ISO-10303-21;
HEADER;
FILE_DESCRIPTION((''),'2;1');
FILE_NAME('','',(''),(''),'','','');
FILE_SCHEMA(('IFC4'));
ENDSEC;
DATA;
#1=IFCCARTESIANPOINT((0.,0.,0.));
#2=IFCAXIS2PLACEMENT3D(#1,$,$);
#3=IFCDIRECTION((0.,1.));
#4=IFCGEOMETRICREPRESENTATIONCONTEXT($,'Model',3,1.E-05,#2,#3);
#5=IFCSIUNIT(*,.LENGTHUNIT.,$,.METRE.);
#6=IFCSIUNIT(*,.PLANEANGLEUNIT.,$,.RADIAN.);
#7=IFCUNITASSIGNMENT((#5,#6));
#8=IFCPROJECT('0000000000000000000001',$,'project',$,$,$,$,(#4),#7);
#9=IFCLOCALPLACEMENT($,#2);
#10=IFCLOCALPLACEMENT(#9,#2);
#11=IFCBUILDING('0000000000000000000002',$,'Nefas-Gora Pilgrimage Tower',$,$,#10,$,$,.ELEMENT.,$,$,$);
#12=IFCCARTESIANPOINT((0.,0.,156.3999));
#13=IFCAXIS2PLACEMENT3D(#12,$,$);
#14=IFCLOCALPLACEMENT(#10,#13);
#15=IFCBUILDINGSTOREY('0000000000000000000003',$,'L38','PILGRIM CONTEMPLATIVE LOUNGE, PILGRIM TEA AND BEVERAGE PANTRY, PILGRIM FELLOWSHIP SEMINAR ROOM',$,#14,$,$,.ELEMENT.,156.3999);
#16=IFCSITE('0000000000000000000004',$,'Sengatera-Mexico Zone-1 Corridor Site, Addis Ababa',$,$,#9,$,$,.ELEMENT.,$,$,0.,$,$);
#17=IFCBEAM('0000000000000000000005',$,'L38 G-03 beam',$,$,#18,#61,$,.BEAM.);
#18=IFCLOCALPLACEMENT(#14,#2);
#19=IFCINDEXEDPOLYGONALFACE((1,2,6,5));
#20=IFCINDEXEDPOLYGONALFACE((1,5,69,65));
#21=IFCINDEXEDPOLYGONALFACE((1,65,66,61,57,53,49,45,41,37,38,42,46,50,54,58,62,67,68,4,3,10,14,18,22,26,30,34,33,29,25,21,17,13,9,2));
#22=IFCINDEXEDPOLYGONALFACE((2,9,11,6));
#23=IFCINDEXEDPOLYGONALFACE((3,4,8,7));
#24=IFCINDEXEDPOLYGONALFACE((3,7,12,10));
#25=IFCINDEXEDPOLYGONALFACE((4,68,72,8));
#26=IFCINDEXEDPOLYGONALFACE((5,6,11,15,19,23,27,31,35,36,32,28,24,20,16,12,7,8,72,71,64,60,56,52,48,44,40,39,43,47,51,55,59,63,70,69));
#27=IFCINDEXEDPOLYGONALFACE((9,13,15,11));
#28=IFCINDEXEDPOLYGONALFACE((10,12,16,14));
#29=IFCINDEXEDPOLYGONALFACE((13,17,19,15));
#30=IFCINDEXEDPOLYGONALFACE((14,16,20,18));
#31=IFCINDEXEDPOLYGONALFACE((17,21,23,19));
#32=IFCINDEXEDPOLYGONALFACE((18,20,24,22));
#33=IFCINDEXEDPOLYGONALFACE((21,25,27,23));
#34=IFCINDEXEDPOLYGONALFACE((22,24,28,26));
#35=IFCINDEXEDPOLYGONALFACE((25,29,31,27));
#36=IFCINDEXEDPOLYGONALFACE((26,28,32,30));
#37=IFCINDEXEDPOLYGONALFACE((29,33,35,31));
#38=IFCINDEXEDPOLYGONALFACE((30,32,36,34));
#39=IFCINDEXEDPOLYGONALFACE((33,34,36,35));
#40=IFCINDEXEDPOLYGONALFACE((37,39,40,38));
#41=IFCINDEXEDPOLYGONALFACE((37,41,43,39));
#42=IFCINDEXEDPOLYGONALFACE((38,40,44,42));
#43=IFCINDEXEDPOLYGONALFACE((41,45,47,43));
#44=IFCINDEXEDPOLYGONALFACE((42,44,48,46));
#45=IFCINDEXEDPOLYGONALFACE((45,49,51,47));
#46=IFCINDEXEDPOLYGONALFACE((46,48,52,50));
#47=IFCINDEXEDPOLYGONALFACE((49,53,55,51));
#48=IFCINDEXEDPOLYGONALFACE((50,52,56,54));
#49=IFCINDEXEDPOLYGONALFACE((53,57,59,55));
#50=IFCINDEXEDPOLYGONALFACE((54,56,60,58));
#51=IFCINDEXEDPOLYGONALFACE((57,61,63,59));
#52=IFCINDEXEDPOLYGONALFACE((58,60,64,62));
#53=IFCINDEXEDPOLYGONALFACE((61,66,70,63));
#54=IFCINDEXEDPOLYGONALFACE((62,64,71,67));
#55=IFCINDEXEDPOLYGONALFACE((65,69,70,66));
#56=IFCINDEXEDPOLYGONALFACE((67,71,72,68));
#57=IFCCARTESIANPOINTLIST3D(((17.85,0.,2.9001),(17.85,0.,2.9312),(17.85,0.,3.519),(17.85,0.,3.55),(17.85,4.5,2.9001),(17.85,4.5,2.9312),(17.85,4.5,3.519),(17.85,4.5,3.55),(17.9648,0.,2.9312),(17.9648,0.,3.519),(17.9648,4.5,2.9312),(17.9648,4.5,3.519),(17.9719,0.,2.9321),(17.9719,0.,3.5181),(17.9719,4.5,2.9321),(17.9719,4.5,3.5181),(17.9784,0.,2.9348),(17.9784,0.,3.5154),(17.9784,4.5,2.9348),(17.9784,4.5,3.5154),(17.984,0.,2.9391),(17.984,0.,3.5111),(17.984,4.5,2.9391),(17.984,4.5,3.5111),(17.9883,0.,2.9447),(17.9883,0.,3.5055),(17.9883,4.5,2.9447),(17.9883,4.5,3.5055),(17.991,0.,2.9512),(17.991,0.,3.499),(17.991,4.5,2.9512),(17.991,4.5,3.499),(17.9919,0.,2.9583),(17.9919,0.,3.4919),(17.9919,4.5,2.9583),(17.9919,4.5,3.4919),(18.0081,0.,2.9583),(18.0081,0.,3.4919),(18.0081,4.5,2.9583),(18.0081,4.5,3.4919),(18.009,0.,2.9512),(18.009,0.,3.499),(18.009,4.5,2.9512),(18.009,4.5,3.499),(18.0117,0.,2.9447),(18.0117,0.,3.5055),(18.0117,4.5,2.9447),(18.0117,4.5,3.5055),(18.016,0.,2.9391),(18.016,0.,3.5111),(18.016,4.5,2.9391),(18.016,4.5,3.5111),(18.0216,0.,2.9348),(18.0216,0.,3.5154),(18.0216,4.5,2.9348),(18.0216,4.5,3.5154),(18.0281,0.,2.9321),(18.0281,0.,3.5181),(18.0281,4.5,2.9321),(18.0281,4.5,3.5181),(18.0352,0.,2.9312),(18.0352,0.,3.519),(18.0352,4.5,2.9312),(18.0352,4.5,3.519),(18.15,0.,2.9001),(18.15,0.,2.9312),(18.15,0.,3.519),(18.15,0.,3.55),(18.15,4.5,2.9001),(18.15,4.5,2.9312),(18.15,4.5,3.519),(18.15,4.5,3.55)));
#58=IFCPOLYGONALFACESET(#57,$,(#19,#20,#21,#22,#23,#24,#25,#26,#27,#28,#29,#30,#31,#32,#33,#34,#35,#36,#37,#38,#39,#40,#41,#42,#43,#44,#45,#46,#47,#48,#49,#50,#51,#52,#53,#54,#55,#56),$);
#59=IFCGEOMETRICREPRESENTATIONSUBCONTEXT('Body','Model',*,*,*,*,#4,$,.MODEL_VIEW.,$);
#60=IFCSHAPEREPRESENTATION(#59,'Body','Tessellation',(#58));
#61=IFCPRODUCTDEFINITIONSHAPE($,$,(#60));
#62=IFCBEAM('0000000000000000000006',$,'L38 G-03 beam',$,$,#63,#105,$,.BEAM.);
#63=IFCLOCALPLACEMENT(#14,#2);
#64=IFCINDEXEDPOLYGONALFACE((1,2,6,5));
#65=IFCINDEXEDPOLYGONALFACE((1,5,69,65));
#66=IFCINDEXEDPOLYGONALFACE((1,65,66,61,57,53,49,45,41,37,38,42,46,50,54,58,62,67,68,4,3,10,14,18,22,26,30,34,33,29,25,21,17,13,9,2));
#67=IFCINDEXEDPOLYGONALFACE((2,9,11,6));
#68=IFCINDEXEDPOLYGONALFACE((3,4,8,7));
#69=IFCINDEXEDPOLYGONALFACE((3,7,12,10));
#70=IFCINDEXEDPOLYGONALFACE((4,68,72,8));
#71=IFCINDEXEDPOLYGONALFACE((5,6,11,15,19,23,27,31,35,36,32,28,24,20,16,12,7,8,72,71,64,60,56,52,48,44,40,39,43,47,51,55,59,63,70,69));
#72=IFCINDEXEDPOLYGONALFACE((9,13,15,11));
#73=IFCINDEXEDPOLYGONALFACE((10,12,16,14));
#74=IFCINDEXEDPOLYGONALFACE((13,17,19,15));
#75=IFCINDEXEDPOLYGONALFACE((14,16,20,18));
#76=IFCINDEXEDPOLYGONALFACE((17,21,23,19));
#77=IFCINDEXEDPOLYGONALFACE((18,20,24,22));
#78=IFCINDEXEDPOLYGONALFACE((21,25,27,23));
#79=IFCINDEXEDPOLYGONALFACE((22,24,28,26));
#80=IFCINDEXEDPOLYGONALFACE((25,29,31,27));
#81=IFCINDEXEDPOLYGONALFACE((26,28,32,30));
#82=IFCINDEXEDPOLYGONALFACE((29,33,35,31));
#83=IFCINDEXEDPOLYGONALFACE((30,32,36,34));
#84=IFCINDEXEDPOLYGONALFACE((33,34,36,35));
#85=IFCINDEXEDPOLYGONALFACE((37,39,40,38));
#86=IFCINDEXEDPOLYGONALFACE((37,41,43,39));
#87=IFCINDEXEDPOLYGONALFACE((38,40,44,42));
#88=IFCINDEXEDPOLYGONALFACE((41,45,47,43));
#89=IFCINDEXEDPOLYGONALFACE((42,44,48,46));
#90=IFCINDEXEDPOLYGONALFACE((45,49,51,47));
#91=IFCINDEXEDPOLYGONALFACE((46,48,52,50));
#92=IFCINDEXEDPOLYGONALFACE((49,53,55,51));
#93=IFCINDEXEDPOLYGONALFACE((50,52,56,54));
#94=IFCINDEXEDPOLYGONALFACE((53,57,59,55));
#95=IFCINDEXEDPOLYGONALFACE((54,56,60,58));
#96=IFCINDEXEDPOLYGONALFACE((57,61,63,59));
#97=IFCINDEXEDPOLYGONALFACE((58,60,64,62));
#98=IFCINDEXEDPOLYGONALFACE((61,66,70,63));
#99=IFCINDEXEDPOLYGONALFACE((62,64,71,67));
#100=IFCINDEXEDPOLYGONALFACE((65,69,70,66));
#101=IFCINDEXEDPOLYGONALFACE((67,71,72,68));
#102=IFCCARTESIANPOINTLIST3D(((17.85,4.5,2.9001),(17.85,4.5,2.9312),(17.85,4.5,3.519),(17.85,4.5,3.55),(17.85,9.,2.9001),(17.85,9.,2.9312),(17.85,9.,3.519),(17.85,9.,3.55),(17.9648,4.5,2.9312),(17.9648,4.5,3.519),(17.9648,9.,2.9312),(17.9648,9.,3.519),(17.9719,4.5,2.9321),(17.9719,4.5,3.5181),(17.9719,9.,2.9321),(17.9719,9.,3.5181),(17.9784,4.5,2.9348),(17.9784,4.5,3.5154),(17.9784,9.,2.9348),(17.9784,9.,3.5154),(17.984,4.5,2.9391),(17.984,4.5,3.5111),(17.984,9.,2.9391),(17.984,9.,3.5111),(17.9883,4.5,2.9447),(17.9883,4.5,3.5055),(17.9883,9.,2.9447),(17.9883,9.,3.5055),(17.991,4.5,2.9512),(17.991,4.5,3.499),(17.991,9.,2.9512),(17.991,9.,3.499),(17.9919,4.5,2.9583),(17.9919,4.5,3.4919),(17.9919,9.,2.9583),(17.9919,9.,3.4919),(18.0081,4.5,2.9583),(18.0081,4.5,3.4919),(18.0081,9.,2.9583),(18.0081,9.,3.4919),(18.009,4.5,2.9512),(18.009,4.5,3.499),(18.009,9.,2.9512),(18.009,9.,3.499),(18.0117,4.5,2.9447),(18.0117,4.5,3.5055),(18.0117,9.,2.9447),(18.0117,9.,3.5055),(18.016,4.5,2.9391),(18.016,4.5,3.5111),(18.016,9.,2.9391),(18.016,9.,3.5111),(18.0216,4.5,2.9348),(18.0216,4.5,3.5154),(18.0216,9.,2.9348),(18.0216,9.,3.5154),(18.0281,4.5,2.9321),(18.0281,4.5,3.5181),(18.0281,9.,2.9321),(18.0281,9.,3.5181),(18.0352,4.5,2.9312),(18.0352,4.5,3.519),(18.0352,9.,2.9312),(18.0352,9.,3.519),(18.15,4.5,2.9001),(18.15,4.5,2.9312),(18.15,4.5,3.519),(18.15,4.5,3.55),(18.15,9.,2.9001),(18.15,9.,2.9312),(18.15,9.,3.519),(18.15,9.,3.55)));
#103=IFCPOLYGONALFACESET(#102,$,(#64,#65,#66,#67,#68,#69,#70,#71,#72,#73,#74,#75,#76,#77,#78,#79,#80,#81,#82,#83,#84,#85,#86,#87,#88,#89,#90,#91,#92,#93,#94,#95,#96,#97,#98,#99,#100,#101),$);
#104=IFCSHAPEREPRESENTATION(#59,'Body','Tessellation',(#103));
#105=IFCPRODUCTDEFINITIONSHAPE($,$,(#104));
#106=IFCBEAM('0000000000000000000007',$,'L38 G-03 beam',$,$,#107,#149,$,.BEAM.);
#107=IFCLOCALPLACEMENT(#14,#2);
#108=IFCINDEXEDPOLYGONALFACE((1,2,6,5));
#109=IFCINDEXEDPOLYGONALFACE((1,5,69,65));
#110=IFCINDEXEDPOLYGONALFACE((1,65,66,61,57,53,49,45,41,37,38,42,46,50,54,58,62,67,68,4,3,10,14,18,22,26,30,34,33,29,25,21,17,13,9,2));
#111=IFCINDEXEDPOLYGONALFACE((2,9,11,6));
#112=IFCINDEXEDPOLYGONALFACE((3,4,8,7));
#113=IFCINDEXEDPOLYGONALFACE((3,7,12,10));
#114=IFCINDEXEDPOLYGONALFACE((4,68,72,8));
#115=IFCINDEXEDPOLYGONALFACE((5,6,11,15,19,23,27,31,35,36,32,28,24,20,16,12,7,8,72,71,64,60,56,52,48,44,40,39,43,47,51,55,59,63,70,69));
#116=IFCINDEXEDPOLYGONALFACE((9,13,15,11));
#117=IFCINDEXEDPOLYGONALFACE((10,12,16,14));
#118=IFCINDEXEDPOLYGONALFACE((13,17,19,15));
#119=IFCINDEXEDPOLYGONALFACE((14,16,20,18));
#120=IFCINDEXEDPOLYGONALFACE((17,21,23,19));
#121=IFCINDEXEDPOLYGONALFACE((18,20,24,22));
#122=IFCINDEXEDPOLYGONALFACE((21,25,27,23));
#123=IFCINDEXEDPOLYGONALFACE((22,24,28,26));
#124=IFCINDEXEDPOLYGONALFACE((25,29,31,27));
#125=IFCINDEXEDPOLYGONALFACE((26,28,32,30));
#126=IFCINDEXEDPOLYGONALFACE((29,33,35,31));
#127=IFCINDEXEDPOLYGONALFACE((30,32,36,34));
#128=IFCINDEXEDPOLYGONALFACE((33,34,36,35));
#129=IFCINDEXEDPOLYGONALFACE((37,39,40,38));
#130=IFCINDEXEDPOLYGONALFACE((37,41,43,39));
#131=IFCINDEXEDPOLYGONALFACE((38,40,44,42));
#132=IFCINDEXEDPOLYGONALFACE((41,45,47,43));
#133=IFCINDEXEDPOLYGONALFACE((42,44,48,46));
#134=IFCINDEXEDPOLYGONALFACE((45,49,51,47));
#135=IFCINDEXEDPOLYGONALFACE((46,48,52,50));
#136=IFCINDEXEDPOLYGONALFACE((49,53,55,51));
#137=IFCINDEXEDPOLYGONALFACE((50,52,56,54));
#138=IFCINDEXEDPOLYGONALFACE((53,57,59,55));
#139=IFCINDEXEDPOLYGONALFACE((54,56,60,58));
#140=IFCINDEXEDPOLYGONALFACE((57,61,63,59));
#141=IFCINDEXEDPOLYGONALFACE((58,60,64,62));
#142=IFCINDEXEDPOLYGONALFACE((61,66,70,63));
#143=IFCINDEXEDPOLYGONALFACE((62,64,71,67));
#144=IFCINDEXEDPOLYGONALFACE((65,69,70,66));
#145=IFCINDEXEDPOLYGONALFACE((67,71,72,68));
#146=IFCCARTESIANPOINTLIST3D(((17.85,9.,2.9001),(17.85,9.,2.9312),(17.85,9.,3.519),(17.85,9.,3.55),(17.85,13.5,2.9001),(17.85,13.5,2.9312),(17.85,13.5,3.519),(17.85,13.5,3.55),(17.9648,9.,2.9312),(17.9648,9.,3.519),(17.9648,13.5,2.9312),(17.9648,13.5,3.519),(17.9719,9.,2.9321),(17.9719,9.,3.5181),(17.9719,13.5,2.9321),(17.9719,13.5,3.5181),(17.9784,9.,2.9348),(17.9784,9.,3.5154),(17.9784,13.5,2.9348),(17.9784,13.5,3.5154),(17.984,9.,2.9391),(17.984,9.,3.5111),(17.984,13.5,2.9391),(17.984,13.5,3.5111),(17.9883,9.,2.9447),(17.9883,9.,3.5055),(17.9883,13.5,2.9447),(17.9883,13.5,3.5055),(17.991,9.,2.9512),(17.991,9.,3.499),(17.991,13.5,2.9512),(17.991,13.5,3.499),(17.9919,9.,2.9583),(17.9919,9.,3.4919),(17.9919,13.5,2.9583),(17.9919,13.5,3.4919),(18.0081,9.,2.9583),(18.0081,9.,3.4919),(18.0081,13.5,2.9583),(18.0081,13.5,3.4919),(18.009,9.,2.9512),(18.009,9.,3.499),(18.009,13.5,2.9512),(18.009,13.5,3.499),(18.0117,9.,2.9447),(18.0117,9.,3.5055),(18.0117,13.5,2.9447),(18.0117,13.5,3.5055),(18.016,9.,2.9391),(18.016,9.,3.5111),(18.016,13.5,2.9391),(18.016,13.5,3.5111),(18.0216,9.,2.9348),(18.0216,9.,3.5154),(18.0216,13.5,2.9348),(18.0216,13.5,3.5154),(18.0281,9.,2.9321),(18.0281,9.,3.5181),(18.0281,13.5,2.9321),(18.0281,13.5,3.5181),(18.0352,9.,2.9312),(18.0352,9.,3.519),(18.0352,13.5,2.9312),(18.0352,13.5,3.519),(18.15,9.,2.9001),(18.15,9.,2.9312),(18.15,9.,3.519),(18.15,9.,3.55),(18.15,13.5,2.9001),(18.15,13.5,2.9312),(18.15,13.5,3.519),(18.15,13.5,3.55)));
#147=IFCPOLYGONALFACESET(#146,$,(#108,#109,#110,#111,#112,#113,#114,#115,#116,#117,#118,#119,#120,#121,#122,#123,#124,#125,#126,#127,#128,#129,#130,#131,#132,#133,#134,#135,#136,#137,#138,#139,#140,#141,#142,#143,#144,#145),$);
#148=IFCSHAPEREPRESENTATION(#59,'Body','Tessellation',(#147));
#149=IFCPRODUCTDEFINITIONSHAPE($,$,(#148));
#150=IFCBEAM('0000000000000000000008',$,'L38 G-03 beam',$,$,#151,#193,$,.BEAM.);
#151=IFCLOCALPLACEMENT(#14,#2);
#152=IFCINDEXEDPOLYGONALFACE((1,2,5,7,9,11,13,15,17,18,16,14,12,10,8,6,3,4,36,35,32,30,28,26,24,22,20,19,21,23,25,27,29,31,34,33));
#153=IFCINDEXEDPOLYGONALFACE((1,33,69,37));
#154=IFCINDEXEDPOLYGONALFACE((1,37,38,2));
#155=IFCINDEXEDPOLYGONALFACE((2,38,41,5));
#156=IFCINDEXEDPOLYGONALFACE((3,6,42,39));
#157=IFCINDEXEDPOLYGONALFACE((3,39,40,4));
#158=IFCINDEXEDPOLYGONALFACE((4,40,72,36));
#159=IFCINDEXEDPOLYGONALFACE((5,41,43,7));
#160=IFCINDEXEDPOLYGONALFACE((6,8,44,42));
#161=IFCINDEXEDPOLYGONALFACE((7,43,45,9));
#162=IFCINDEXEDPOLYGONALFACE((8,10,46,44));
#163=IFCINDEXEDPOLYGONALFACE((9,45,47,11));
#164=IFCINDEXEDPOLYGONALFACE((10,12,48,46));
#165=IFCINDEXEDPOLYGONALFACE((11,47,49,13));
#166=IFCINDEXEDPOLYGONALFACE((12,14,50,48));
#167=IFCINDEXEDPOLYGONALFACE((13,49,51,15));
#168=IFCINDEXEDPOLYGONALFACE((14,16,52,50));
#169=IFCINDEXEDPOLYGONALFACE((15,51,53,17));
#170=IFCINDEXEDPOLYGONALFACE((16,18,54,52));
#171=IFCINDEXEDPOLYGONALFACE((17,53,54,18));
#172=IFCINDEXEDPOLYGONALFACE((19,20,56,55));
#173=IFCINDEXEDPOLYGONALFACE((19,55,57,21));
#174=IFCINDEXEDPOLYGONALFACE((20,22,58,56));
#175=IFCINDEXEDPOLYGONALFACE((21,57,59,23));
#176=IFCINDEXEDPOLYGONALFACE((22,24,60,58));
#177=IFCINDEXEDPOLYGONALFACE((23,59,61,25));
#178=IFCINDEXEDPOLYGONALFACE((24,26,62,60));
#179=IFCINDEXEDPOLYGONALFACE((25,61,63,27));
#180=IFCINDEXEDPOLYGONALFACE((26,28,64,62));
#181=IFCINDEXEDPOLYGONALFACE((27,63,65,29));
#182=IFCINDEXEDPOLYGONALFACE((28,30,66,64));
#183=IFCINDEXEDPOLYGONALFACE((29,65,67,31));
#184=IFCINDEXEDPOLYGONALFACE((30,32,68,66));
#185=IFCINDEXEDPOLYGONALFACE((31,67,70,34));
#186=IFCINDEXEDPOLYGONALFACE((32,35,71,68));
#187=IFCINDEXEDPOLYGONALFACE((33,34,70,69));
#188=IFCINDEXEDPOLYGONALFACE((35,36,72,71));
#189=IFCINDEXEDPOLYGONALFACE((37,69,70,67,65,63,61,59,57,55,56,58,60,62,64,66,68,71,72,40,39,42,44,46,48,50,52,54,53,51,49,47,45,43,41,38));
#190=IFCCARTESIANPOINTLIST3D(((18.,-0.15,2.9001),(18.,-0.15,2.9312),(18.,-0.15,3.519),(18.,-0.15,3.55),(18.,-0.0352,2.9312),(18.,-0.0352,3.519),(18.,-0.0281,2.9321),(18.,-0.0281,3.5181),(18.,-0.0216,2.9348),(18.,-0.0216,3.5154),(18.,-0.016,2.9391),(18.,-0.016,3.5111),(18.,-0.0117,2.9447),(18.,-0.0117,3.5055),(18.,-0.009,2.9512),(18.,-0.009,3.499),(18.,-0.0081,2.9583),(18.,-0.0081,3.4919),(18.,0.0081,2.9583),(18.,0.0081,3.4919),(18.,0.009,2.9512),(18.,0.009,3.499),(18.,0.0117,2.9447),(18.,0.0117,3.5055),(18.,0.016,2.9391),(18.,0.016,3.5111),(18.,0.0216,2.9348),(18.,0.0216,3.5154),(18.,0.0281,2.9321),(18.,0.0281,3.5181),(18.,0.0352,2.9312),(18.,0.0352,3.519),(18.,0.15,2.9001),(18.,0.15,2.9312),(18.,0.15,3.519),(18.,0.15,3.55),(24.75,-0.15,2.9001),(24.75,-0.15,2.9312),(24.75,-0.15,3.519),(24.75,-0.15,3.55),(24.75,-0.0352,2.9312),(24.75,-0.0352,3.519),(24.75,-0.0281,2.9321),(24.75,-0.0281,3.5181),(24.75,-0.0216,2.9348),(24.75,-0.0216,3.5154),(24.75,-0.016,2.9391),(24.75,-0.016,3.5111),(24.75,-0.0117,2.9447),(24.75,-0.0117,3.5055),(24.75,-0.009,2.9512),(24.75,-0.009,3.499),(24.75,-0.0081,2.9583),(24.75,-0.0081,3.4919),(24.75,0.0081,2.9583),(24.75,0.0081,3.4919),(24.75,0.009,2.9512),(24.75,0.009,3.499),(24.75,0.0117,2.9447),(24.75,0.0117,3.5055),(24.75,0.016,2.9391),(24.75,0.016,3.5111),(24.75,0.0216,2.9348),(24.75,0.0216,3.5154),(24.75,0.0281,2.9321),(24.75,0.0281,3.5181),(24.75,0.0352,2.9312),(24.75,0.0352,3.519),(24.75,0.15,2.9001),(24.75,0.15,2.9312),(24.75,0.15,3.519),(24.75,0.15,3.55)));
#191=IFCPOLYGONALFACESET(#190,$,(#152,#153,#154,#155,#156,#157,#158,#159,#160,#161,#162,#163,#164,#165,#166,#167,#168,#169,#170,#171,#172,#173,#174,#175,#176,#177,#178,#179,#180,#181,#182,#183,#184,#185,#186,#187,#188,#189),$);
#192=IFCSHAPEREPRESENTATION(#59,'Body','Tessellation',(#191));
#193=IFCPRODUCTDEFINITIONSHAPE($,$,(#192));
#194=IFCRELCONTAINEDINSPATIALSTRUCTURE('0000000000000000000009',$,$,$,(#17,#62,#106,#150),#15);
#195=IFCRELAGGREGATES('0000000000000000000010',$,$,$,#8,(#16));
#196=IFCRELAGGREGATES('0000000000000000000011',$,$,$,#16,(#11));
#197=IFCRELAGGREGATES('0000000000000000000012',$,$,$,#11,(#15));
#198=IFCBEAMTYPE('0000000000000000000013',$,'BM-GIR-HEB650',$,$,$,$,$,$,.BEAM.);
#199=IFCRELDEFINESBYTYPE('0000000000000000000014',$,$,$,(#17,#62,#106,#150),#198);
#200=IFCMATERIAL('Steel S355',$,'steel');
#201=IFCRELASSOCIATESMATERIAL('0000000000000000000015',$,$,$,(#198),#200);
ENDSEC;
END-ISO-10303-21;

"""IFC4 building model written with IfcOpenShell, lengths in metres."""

from ifc_helpers import new_model, si_unit, direction, frame, origin, origin_2d, place, context, subcontext, project, spatial, i_section, extrude, source, transform, mapped, material, material_profile, profile_set, type_object, element, save


model = new_model("IFC4")

# Units and contexts
model_context = context("Model", 3, precision=1e-05, world=origin(), true_north=direction((0.0, 1.0)))
body_context = subcontext(model_context, "Body", "Model", "MODEL_VIEW")
ifc_project = project(units=[si_unit("LENGTHUNIT", "METRE"), si_unit("PLANEANGLEUNIT", "RADIAN")], contexts=[model_context])

# Site, building, storey
site_placement = place(None, origin())
site = spatial("IfcSite", under=ifc_project, at=site_placement, Name="Sengatera-Mexico Zone-1 Corridor Site, Addis Ababa", CompositionType="ELEMENT", RefElevation=0.0)
building_placement = place(site_placement, origin())
building = spatial("IfcBuilding", under=site, at=building_placement, Name="Nefas-Gora Pilgrimage Tower", CompositionType="ELEMENT")
storey_placement = place(building_placement, frame((0.0, 0.0, 156.3999)))
storey = spatial("IfcBuildingStorey", under=building, at=storey_placement, Name="L38", Description="PILGRIM CONTEMPLATIVE LOUNGE, PILGRIM TEA AND BEVERAGE PANTRY, PILGRIM FELLOWSHIP SEMINAR ROOM", CompositionType="ELEMENT", Elevation=156.3999)

# Beams
ifc_material_1 = material(Name="Steel S355", Category="steel")
ifc_material_profile_1 = material_profile(ifc_material_1, i_section(OverallWidth=0.3, OverallDepth=0.6499, WebThickness=0.0161, FlangeThickness=0.031, FilletRadius=0.0271, at=origin_2d()), Name="HEB 650")
ifc_profile_set_1 = profile_set([ifc_material_profile_1], Name="Steel S355")
beam_type_1 = type_object("IfcBeamType", Name="BM-GIR-HEB650", PredefinedType="BEAM", material=ifc_profile_set_1)
shared_shape_1 = source(origin(), body_context, "Body", "SweptSolid", [
    extrude(i_section(OverallWidth=0.3, OverallDepth=0.6499, WebThickness=0.0161, FlangeThickness=0.031, FilletRadius=0.0271, at=origin_2d()), origin(), (0.0, 0.0, 1.0), 4.5),
])
for number, where, z_axis, x_axis, name in (
    (1, (18.0, 0.0, 3.2251), (0.0, 1.0, 0.0), (-1.0, 0.0, 0.0), "L38 G-03 beam"),
    (2, (18.0, 4.5, 3.2251), (0.0, 1.0, 0.0), (-1.0, 0.0, 0.0), "L38 G-03 beam"),
    (3, (18.0, 9.0, 3.2251), (0.0, 1.0, 0.0), (-1.0, 0.0, 0.0), "L38 G-03 beam"),
):
    element("IfcBeam", number, at=place(storey_placement, frame(where, z_axis=z_axis, x_axis=x_axis)), inside=storey, type_object=beam_type_1, Name=name, PredefinedType="BEAM", context=body_context, shape_type="MappedRepresentation", body=[
        mapped(shared_shape_1, transform((0.0, 0.0, 0.0), x_axis=(1.0, 0.0, 0.0), y_axis=(0.0, 1.0, 0.0), z_axis=(0.0, 0.0, 1.0), scale=1.0)),
    ])
shared_shape_2 = source(origin(), body_context, "Body", "SweptSolid", [
    extrude(i_section(OverallWidth=0.3, OverallDepth=0.6499, WebThickness=0.0161, FlangeThickness=0.031, FilletRadius=0.0271, at=origin_2d()), origin(), (0.0, 0.0, 1.0), 6.75),
])
for number, where, z_axis, x_axis, name in (
    (4, (18.0, 0.0, 3.2251), (1.0, 0.0, 0.0), (0.0, 1.0, 0.0), "L38 G-03 beam"),
):
    element("IfcBeam", number, at=place(storey_placement, frame(where, z_axis=z_axis, x_axis=x_axis)), inside=storey, type_object=beam_type_1, Name=name, PredefinedType="BEAM", context=body_context, shape_type="MappedRepresentation", body=[
        mapped(shared_shape_2, transform((0.0, 0.0, 0.0), x_axis=(1.0, 0.0, 0.0), y_axis=(0.0, 1.0, 0.0), z_axis=(0.0, 0.0, 1.0), scale=1.0)),
    ])

save(model, "model.ifc")
